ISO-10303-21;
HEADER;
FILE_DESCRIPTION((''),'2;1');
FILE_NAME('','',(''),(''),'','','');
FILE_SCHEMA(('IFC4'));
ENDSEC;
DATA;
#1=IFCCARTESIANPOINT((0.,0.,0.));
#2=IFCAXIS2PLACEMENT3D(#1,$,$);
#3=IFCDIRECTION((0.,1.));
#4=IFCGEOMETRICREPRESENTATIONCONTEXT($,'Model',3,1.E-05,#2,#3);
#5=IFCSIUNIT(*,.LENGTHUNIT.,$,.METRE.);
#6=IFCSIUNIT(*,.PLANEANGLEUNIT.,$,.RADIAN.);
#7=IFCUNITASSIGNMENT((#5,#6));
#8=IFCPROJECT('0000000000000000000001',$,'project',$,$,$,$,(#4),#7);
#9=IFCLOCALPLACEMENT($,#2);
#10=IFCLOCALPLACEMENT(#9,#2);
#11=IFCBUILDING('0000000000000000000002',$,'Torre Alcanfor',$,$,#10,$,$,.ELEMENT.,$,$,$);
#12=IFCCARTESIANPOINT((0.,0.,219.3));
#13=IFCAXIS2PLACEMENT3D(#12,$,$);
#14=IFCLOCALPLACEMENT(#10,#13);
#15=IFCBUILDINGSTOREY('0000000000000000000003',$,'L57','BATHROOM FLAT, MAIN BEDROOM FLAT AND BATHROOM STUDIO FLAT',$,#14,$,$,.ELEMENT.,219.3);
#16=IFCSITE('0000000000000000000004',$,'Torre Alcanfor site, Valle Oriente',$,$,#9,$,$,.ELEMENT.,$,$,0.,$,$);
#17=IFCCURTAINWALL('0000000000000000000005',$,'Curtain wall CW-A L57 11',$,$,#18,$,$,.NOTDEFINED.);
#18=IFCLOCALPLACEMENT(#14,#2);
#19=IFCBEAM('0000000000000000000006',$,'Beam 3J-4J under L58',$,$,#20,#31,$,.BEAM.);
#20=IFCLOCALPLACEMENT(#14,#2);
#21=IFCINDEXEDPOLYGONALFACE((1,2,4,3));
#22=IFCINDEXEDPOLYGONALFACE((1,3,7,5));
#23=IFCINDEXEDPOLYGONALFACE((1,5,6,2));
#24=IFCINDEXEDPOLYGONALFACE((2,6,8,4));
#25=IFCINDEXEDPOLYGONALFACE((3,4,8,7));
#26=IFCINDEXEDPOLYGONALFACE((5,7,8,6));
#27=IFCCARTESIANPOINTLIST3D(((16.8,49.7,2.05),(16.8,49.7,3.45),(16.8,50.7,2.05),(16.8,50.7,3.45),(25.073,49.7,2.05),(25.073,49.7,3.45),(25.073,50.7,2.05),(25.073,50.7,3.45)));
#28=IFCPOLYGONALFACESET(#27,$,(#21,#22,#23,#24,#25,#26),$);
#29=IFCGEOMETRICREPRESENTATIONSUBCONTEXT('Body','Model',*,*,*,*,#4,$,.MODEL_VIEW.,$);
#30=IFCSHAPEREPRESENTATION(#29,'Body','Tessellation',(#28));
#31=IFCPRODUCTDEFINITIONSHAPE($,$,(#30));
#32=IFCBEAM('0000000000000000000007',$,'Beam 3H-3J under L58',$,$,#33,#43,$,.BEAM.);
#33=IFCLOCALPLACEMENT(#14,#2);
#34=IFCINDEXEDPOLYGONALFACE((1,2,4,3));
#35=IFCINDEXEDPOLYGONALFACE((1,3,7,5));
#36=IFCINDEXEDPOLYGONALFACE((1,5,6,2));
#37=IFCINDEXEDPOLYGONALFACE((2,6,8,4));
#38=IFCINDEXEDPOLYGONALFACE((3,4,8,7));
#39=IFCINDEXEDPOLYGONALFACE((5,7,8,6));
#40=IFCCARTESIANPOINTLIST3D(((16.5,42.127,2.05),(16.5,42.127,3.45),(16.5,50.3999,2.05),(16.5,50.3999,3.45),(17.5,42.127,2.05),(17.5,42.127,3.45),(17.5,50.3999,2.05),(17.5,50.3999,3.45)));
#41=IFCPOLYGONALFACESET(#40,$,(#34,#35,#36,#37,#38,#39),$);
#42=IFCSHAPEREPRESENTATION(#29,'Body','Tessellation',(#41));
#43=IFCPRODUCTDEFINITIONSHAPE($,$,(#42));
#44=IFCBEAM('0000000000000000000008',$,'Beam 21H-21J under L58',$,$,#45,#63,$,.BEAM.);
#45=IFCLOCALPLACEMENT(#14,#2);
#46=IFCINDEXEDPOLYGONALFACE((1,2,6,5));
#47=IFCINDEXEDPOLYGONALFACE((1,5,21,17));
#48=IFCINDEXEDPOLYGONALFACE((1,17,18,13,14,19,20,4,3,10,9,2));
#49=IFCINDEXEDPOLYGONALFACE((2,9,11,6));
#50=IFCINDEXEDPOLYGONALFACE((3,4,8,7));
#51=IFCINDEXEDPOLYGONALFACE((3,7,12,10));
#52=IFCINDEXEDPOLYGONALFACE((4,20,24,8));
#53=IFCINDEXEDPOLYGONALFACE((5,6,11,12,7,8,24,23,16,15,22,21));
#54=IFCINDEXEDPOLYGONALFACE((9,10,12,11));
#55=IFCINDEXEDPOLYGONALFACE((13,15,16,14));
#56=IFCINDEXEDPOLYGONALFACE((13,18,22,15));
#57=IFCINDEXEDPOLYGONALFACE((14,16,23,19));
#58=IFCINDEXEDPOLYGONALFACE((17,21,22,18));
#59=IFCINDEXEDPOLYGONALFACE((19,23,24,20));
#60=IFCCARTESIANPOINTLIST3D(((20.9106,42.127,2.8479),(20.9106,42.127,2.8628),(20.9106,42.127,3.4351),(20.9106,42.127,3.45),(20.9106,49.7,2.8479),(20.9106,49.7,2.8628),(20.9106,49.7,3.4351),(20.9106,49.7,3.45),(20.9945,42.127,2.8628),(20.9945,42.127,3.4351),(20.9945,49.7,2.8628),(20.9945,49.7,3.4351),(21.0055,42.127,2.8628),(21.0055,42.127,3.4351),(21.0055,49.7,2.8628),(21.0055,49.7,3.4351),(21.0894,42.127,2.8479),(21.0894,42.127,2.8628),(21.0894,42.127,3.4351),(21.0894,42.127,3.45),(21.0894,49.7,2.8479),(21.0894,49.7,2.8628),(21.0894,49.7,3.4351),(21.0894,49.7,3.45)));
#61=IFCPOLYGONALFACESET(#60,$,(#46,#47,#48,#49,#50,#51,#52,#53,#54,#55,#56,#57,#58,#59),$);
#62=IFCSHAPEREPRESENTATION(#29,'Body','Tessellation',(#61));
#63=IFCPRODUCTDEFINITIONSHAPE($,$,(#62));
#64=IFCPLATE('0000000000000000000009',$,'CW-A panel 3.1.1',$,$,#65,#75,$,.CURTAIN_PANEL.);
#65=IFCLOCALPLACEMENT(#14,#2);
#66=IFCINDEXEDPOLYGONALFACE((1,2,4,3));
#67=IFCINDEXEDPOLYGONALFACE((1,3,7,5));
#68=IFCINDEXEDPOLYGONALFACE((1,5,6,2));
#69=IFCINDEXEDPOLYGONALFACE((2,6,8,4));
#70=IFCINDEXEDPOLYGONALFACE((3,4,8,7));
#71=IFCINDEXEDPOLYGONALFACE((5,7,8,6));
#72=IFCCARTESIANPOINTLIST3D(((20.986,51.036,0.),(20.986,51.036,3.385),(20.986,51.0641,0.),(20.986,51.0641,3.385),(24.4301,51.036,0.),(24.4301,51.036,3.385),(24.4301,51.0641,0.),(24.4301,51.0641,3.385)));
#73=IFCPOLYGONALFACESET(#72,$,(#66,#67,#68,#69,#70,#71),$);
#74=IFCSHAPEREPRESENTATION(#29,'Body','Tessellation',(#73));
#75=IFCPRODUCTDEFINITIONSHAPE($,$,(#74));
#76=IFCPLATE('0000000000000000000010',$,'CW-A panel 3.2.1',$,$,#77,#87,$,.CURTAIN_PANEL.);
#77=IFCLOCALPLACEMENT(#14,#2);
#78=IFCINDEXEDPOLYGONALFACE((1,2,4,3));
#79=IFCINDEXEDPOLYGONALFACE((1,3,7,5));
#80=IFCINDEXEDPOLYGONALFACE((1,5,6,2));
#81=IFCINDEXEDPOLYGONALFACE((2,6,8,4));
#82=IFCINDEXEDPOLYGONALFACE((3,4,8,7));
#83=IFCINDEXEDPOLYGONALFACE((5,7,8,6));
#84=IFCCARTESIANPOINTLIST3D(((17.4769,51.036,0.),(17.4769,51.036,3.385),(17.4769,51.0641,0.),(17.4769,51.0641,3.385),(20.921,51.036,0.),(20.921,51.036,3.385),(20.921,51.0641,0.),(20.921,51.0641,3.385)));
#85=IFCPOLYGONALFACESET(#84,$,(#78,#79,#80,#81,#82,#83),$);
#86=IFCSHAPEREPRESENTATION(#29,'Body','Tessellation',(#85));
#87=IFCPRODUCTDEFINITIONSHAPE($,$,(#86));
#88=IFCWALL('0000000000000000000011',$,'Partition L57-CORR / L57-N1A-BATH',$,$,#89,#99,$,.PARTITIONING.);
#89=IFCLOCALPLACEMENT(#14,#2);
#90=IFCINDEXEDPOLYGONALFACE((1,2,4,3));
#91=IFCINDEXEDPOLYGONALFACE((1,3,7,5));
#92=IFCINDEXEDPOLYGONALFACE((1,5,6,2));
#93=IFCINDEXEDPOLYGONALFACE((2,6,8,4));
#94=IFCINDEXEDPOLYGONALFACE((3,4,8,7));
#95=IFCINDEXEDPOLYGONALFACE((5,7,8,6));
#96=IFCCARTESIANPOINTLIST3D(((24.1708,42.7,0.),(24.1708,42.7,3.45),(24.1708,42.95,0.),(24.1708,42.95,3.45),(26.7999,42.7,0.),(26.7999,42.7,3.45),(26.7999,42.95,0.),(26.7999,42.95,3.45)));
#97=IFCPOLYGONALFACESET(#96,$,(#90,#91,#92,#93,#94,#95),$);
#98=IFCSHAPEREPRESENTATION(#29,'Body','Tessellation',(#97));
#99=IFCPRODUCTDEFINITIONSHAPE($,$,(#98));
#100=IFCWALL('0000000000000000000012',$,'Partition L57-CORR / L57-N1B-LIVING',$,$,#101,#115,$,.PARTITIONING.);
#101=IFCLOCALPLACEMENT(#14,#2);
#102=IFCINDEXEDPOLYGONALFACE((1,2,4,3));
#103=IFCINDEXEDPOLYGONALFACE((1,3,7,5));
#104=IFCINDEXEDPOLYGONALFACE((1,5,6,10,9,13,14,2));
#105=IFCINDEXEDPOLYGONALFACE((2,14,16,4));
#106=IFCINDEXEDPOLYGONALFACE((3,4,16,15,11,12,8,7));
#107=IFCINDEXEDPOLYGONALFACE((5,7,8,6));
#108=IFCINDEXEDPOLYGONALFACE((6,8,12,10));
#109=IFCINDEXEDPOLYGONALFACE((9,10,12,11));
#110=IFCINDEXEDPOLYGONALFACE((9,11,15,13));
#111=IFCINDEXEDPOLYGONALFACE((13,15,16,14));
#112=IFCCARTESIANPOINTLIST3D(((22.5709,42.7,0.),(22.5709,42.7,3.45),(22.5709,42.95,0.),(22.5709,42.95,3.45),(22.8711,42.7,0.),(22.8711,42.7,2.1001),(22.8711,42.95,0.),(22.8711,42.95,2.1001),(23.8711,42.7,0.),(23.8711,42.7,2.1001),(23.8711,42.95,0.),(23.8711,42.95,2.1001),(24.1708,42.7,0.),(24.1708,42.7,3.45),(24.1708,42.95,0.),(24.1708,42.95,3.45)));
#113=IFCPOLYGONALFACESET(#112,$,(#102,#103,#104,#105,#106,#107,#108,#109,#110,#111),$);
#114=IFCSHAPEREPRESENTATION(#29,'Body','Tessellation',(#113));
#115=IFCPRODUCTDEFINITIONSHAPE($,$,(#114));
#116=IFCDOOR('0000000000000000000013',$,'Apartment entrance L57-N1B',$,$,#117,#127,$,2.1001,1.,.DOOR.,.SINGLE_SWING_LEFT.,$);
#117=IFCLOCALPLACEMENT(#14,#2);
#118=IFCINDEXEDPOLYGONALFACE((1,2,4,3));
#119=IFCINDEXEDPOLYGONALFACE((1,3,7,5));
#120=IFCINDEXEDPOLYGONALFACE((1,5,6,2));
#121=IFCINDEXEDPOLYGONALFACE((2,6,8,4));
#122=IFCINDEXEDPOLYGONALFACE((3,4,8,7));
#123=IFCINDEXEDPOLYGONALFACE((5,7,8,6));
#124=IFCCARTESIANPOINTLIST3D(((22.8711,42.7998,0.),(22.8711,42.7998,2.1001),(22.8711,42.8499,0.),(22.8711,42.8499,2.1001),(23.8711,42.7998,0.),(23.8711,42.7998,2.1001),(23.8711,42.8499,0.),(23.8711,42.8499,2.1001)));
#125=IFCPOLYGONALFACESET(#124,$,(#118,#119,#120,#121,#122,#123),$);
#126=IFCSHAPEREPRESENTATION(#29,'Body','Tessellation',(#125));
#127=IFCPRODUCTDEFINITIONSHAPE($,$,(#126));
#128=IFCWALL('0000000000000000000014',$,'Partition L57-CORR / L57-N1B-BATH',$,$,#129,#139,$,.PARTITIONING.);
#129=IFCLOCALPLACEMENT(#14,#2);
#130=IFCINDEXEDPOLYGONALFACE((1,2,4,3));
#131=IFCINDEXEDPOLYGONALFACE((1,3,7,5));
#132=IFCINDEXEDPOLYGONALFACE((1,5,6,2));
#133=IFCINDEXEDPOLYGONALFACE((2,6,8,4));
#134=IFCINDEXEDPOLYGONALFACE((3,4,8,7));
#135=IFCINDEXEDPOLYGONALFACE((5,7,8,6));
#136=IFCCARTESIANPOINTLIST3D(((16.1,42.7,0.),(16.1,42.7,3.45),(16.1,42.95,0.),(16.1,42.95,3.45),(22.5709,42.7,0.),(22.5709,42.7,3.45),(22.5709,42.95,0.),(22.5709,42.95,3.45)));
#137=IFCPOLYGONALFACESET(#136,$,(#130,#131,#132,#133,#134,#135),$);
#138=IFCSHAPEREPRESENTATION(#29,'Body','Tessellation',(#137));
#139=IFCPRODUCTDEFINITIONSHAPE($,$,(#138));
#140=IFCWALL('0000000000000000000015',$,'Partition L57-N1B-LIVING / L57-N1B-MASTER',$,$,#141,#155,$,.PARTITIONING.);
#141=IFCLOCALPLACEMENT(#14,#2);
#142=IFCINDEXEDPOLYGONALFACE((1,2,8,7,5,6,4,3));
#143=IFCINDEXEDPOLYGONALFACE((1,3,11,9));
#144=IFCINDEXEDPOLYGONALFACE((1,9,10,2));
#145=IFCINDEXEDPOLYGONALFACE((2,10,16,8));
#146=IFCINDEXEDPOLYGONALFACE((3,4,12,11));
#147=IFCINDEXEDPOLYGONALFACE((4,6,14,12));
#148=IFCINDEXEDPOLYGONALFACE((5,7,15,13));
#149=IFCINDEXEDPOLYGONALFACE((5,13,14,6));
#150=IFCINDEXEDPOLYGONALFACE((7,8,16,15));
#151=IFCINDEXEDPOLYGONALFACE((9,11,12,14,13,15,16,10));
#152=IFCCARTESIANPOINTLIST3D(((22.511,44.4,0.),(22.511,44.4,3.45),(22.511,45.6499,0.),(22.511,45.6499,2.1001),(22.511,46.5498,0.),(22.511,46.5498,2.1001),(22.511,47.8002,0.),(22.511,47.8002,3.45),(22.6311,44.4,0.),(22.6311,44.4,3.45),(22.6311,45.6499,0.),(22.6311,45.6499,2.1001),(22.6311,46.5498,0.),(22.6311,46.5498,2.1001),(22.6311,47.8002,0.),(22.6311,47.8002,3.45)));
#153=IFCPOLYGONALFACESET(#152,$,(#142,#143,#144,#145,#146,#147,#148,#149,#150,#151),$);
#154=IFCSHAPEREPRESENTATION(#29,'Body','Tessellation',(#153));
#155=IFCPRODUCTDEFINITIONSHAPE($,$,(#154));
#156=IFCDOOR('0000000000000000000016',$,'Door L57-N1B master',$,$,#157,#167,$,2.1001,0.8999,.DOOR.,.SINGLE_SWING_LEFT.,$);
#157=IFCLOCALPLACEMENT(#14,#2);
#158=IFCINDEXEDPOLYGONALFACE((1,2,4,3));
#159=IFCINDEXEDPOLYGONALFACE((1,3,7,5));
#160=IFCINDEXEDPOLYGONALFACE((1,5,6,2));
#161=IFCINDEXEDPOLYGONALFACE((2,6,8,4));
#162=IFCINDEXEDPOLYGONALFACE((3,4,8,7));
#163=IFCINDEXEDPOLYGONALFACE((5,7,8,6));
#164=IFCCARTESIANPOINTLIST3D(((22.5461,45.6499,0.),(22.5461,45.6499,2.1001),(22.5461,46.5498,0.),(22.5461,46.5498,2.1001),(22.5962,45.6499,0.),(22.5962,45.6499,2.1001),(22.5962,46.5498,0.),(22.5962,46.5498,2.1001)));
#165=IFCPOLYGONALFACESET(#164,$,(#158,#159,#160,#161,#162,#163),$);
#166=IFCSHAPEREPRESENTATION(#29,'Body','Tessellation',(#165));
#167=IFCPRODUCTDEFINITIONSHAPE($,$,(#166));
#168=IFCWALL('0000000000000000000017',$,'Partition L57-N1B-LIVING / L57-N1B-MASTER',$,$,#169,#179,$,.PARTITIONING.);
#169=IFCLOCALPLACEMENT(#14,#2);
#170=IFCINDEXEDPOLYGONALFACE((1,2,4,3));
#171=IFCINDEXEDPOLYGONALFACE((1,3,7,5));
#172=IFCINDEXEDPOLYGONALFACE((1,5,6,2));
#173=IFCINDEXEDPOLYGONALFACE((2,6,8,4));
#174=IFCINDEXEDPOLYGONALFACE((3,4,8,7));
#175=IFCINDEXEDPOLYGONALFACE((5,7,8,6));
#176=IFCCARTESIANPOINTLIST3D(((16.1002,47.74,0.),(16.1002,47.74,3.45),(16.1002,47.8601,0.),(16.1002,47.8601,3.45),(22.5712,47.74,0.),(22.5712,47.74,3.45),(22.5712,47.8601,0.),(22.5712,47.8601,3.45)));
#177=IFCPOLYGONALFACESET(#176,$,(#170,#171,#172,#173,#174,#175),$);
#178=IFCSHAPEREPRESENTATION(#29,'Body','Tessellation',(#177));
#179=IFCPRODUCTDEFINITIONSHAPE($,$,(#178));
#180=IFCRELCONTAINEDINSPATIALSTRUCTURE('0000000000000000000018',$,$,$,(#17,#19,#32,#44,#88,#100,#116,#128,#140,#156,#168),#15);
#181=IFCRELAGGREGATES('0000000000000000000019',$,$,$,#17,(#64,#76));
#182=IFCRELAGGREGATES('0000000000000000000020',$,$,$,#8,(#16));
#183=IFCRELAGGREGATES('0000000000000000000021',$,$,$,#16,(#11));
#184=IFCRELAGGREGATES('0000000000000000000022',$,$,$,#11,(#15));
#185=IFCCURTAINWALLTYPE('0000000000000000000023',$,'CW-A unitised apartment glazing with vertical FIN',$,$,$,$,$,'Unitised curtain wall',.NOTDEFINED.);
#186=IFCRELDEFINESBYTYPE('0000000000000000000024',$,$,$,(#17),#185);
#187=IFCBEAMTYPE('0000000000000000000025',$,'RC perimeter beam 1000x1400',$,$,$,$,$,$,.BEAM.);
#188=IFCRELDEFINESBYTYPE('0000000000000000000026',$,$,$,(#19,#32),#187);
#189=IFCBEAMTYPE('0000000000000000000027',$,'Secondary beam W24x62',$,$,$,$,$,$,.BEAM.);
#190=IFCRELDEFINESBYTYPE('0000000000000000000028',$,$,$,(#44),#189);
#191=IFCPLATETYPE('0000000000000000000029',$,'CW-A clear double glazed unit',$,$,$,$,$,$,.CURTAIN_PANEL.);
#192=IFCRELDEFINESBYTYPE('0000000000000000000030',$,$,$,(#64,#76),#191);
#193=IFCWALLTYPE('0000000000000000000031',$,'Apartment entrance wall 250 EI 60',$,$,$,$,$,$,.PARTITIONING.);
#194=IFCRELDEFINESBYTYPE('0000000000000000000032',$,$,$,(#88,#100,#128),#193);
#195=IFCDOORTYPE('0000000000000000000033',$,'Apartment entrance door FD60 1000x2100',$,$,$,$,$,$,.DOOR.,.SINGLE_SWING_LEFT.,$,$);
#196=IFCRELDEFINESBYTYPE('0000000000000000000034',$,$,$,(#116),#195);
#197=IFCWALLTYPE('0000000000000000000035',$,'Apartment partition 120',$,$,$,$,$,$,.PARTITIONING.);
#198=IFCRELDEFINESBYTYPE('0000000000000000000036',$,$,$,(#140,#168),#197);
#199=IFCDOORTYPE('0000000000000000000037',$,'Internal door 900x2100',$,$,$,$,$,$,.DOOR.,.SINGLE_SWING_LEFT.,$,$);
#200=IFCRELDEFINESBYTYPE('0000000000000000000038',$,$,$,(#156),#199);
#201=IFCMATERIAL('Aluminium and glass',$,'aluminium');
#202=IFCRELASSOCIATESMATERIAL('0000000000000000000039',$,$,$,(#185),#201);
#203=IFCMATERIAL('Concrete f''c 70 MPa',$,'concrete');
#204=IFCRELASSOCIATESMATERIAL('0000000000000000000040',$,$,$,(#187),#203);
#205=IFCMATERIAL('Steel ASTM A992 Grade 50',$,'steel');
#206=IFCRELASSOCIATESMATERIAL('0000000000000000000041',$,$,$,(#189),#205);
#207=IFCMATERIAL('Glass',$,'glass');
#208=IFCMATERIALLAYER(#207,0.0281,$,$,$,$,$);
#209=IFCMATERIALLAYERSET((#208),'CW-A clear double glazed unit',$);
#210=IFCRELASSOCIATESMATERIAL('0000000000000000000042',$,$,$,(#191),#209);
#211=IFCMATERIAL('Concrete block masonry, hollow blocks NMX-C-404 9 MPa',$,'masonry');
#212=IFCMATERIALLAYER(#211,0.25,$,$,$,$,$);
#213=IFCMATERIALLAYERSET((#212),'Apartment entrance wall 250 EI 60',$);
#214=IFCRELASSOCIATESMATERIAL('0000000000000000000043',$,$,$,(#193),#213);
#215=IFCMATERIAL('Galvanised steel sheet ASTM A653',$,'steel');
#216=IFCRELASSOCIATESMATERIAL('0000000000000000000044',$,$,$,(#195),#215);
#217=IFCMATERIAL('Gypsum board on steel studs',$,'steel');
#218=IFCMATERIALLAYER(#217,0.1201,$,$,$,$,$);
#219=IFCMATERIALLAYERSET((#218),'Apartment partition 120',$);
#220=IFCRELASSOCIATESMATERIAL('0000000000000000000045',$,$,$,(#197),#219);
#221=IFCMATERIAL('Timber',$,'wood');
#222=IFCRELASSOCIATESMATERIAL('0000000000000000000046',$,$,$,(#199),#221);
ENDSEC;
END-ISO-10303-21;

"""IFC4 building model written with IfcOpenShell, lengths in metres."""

from ifc_helpers import new_model, si_unit, direction, frame, frame_2d, origin, origin_2d, place, context, subcontext, project, spatial, rectangle, i_section, extrude, material, layer, layer_set, material_profile, profile_set, type_object, element, fill, aggregate, save


model = new_model("IFC4")

# Units and contexts
model_context = context("Model", 3, precision=1e-05, world=origin(), true_north=direction((0.0, 1.0)))
body_context = subcontext(model_context, "Body", "Model", "MODEL_VIEW")
ifc_project = project(units=[si_unit("LENGTHUNIT", "METRE"), si_unit("PLANEANGLEUNIT", "RADIAN")], contexts=[model_context])

# Site, building, storey
site_placement = place(None, origin())
site = spatial("IfcSite", under=ifc_project, at=site_placement, Name="Torre Alcanfor site, Valle Oriente", CompositionType="ELEMENT", RefElevation=0.0)
building_placement = place(site_placement, origin())
building = spatial("IfcBuilding", under=site, at=building_placement, Name="Torre Alcanfor", CompositionType="ELEMENT")
storey_placement = place(building_placement, frame((0.0, 0.0, 219.3)))
storey = spatial("IfcBuildingStorey", under=building, at=storey_placement, Name="L57", Description="BATHROOM FLAT, MAIN BEDROOM FLAT AND BATHROOM STUDIO FLAT", CompositionType="ELEMENT", Elevation=219.3)

# Curtain wall
ifc_material_1 = material(Name="Aluminium and glass", Category="aluminium")
curtain_wall_type = type_object("IfcCurtainWallType", Name="CW-A unitised apartment glazing with vertical FIN", ElementType="Unitised curtain wall", PredefinedType="NOTDEFINED", material=ifc_material_1)
curtain_wall_placement = place(storey_placement, origin())
curtain_wall = element("IfcCurtainWall", 1, at=curtain_wall_placement, inside=storey, type_object=curtain_wall_type, Name="Curtain wall CW-A L57 11", PredefinedType="NOTDEFINED")

# Beams
ifc_material_2 = material(Name="Concrete f'c 70 MPa", Category="concrete")
ifc_material_profile_1 = material_profile(ifc_material_2, rectangle(XDim=1.0, YDim=1.3999, at=origin_2d()), Name="1000x1400")
ifc_profile_set_1 = profile_set([ifc_material_profile_1], Name="Concrete f'c 70 MPa")
beam_type_1 = type_object("IfcBeamType", Name="RC perimeter beam 1000x1400", PredefinedType="BEAM", material=ifc_profile_set_1)
for number, where, z_axis, x_axis, name in (
    (2, (16.8, 50.2, 2.75), (1.0, 0.0, 0.0), (0.0, 1.0, 0.0), "Beam 3J-4J under L58"),
    (3, (17.0, 42.127, 2.75), (0.0, 1.0, 0.0), (-1.0, 0.0, 0.0), "Beam 3H-3J under L58"),
):
    element("IfcBeam", number, at=place(storey_placement, frame(where, z_axis=z_axis, x_axis=x_axis)), inside=storey, type_object=beam_type_1, Name=name, PredefinedType="BEAM", context=body_context, shape_type="SweptSolid", body=[
        extrude(rectangle(XDim=1.0, YDim=1.3999, at=origin_2d()), origin(), (0.0, 0.0, 1.0), 8.2729),
    ])
ifc_material_3 = material(Name="Steel ASTM A992 Grade 50", Category="steel")
ifc_material_profile_2 = material_profile(ifc_material_3, i_section(OverallWidth=0.1787, OverallDepth=0.6021, WebThickness=0.011, FlangeThickness=0.0149, at=origin_2d()), Name="W24x62")
ifc_profile_set_2 = profile_set([ifc_material_profile_2], Name="Steel ASTM A992 Grade 50")
beam_type_2 = type_object("IfcBeamType", Name="Secondary beam W24x62", PredefinedType="BEAM", material=ifc_profile_set_2)
beam_1_placement = place(storey_placement, frame((21.0, 42.127, 3.1489), z_axis=(0.0, 1.0, 0.0), x_axis=(-1.0, 0.0, 0.0)))
element("IfcBeam", 4, at=beam_1_placement, inside=storey, type_object=beam_type_2, Name="Beam 21H-21J under L58", PredefinedType="BEAM", context=body_context, shape_type="SweptSolid", body=[
    extrude(i_section(OverallWidth=0.1787, OverallDepth=0.6021, WebThickness=0.011, FlangeThickness=0.0149, at=origin_2d()), origin(), (0.0, 0.0, 1.0), 7.573),
])

# Plates
ifc_material_4 = material(Name="Glass", Category="glass")
ifc_layer_1 = layer(ifc_material_4, 0.0281)
ifc_layer_set_1 = layer_set([ifc_layer_1], Name="CW-A clear double glazed unit")
plate_type = type_object("IfcPlateType", Name="CW-A clear double glazed unit", PredefinedType="CURTAIN_PANEL", material=ifc_layer_set_1)
plate_1_placement = place(storey_placement, frame((22.708, 51.05, 0.0), z_axis=(0.0, 0.0, 1.0), x_axis=(-1.0, 0.0, 0.0)))
plate_1 = element("IfcPlate", 5, at=plate_1_placement, type_object=plate_type, Name="CW-A panel 3.1.1", PredefinedType="CURTAIN_PANEL", context=body_context, shape_type="SweptSolid", body=[
    extrude(rectangle(XDim=3.4441, YDim=0.0281, at=origin_2d()), origin(), (0.0, 0.0, 1.0), 3.385),
])
plate_2_placement = place(storey_placement, frame((19.199, 51.05, 0.0), z_axis=(0.0, 0.0, 1.0), x_axis=(-1.0, 0.0, 0.0)))
plate_2 = element("IfcPlate", 6, at=plate_2_placement, type_object=plate_type, Name="CW-A panel 3.2.1", PredefinedType="CURTAIN_PANEL", context=body_context, shape_type="SweptSolid", body=[
    extrude(rectangle(XDim=3.4441, YDim=0.0281, at=origin_2d()), origin(), (0.0, 0.0, 1.0), 3.385),
])
aggregate(curtain_wall, [plate_1, plate_2])

# Wall
ifc_material_5 = material(Name="Concrete block masonry, hollow blocks NMX-C-404 9 MPa", Category="masonry")
ifc_layer_2 = layer(ifc_material_5, 0.25)
ifc_layer_set_2 = layer_set([ifc_layer_2], Name="Apartment entrance wall 250 EI 60")
wall_type_1 = type_object("IfcWallType", Name="Apartment entrance wall 250 EI 60", PredefinedType="PARTITIONING", material=ifc_layer_set_2)
wall_1_placement = place(storey_placement, frame((24.1709, 42.825, 0.0), z_axis=(0.0, 0.0, 1.0), x_axis=(1.0, 0.0, 0.0)))
element("IfcWall", 7, at=wall_1_placement, inside=storey, type_object=wall_type_1, Name="Partition L57-CORR / L57-N1A-BATH", PredefinedType="PARTITIONING", context=body_context, shape_type="SweptSolid", body=[
    extrude(rectangle(XDim=2.6292, YDim=0.25, at=frame_2d((1.3145, 0.0))), origin(), (0.0, 0.0, 1.0), 3.45),
])

# Wall, opening, door
wall_2_placement = place(storey_placement, frame((22.571, 42.825, 0.0), z_axis=(0.0, 0.0, 1.0), x_axis=(1.0, 0.0, 0.0)))
wall_2 = element("IfcWall", 8, at=wall_2_placement, inside=storey, type_object=wall_type_1, Name="Partition L57-CORR / L57-N1B-LIVING", PredefinedType="PARTITIONING", context=body_context, shape_type="SweptSolid", body=[
    extrude(rectangle(XDim=1.5999, YDim=0.25, at=frame_2d((0.7998, 0.0))), origin(), (0.0, 0.0, 1.0), 3.45),
])
opening_1_placement = place(wall_2_placement, frame((0.3, 0.0, 0.0)))
opening_1 = element("IfcOpeningElement", 9, at=opening_1_placement, cuts=wall_2, PredefinedType="OPENING", context=body_context, shape_type="SweptSolid", body=[
    extrude(rectangle(XDim=1.0, YDim=2.1001, at=frame_2d((0.5, 1.05))), frame((0.0, 0.135, 0.0), z_axis=(0.0, -1.0, 0.0), x_axis=(1.0, 0.0, 0.0)), (0.0, 0.0, 1.0), 0.27),
])
ifc_material_6 = material(Name="Galvanised steel sheet ASTM A653", Category="steel")
door_type_1 = type_object("IfcDoorType", Name="Apartment entrance door FD60 1000x2100", OperationType="SINGLE_SWING_LEFT", PredefinedType="DOOR", material=ifc_material_6)
door_1_placement = place(opening_1_placement, origin())
door_1 = element("IfcDoor", 10, at=door_1_placement, inside=storey, type_object=door_type_1, Name="Apartment entrance L57-N1B", OperationType="SINGLE_SWING_LEFT", OverallHeight=2.1001, OverallWidth=1.0, PredefinedType="DOOR", context=body_context, shape_type="SweptSolid", body=[
    extrude(rectangle(XDim=1.0, YDim=2.1001, at=frame_2d((0.5, 1.05))), frame((0.0, 0.0249, 0.0), z_axis=(0.0, -1.0, 0.0), x_axis=(1.0, 0.0, 0.0)), (0.0, 0.0, 1.0), 0.05),
])
fill(opening_1, door_1)

# Wall
wall_3_placement = place(storey_placement, frame((16.1001, 42.825, 0.0), z_axis=(0.0, 0.0, 1.0), x_axis=(1.0, 0.0, 0.0)))
element("IfcWall", 11, at=wall_3_placement, inside=storey, type_object=wall_type_1, Name="Partition L57-CORR / L57-N1B-BATH", PredefinedType="PARTITIONING", context=body_context, shape_type="SweptSolid", body=[
    extrude(rectangle(XDim=6.4709, YDim=0.25, at=frame_2d((3.2354, 0.0))), origin(), (0.0, 0.0, 1.0), 3.45),
])

# Wall, opening, door
ifc_material_7 = material(Name="Gypsum board on steel studs", Category="steel")
ifc_layer_3 = layer(ifc_material_7, 0.1201)
ifc_layer_set_3 = layer_set([ifc_layer_3], Name="Apartment partition 120")
wall_type_2 = type_object("IfcWallType", Name="Apartment partition 120", PredefinedType="PARTITIONING", material=ifc_layer_set_3)
wall_4_placement = place(storey_placement, frame((22.571, 44.3999, 0.0), z_axis=(0.0, 0.0, 1.0), x_axis=(0.0, 1.0, 0.0)))
wall_4 = element("IfcWall", 12, at=wall_4_placement, inside=storey, type_object=wall_type_2, Name="Partition L57-N1B-LIVING / L57-N1B-MASTER", PredefinedType="PARTITIONING", context=body_context, shape_type="SweptSolid", body=[
    extrude(rectangle(XDim=3.4001, YDim=0.1201, at=frame_2d((1.7002, 0.0))), origin(), (0.0, 0.0, 1.0), 3.45),
])
opening_2_placement = place(wall_4_placement, frame((1.25, 0.0, 0.0)))
opening_2 = element("IfcOpeningElement", 13, at=opening_2_placement, cuts=wall_4, PredefinedType="OPENING", context=body_context, shape_type="SweptSolid", body=[
    extrude(rectangle(XDim=0.8999, YDim=2.1001, at=frame_2d((0.45, 1.05))), frame((0.0, 0.0701, 0.0), z_axis=(0.0, -1.0, 0.0), x_axis=(1.0, 0.0, 0.0)), (0.0, 0.0, 1.0), 0.1401),
])
ifc_material_8 = material(Name="Timber", Category="wood")
door_type_2 = type_object("IfcDoorType", Name="Internal door 900x2100", OperationType="SINGLE_SWING_LEFT", PredefinedType="DOOR", material=ifc_material_8)
door_2_placement = place(opening_2_placement, origin())
door_2 = element("IfcDoor", 14, at=door_2_placement, inside=storey, type_object=door_type_2, Name="Door L57-N1B master", OperationType="SINGLE_SWING_LEFT", OverallHeight=2.1001, OverallWidth=0.8999, PredefinedType="DOOR", context=body_context, shape_type="SweptSolid", body=[
    extrude(rectangle(XDim=0.8999, YDim=2.1001, at=frame_2d((0.45, 1.05))), frame((0.0, 0.0249, 0.0), z_axis=(0.0, -1.0, 0.0), x_axis=(1.0, 0.0, 0.0)), (0.0, 0.0, 1.0), 0.05),
])
fill(opening_2, door_2)

# Wall
wall_5_placement = place(storey_placement, frame((22.571, 47.8, 0.0), z_axis=(0.0, 0.0, 1.0), x_axis=(-1.0, 0.0, 0.0)))
element("IfcWall", 15, at=wall_5_placement, inside=storey, type_object=wall_type_2, Name="Partition L57-N1B-LIVING / L57-N1B-MASTER", PredefinedType="PARTITIONING", context=body_context, shape_type="SweptSolid", body=[
    extrude(rectangle(XDim=6.4709, YDim=0.1201, at=frame_2d((3.2354, 0.0))), origin(), (0.0, 0.0, 1.0), 3.45),
])

save(model, "model.ifc")
